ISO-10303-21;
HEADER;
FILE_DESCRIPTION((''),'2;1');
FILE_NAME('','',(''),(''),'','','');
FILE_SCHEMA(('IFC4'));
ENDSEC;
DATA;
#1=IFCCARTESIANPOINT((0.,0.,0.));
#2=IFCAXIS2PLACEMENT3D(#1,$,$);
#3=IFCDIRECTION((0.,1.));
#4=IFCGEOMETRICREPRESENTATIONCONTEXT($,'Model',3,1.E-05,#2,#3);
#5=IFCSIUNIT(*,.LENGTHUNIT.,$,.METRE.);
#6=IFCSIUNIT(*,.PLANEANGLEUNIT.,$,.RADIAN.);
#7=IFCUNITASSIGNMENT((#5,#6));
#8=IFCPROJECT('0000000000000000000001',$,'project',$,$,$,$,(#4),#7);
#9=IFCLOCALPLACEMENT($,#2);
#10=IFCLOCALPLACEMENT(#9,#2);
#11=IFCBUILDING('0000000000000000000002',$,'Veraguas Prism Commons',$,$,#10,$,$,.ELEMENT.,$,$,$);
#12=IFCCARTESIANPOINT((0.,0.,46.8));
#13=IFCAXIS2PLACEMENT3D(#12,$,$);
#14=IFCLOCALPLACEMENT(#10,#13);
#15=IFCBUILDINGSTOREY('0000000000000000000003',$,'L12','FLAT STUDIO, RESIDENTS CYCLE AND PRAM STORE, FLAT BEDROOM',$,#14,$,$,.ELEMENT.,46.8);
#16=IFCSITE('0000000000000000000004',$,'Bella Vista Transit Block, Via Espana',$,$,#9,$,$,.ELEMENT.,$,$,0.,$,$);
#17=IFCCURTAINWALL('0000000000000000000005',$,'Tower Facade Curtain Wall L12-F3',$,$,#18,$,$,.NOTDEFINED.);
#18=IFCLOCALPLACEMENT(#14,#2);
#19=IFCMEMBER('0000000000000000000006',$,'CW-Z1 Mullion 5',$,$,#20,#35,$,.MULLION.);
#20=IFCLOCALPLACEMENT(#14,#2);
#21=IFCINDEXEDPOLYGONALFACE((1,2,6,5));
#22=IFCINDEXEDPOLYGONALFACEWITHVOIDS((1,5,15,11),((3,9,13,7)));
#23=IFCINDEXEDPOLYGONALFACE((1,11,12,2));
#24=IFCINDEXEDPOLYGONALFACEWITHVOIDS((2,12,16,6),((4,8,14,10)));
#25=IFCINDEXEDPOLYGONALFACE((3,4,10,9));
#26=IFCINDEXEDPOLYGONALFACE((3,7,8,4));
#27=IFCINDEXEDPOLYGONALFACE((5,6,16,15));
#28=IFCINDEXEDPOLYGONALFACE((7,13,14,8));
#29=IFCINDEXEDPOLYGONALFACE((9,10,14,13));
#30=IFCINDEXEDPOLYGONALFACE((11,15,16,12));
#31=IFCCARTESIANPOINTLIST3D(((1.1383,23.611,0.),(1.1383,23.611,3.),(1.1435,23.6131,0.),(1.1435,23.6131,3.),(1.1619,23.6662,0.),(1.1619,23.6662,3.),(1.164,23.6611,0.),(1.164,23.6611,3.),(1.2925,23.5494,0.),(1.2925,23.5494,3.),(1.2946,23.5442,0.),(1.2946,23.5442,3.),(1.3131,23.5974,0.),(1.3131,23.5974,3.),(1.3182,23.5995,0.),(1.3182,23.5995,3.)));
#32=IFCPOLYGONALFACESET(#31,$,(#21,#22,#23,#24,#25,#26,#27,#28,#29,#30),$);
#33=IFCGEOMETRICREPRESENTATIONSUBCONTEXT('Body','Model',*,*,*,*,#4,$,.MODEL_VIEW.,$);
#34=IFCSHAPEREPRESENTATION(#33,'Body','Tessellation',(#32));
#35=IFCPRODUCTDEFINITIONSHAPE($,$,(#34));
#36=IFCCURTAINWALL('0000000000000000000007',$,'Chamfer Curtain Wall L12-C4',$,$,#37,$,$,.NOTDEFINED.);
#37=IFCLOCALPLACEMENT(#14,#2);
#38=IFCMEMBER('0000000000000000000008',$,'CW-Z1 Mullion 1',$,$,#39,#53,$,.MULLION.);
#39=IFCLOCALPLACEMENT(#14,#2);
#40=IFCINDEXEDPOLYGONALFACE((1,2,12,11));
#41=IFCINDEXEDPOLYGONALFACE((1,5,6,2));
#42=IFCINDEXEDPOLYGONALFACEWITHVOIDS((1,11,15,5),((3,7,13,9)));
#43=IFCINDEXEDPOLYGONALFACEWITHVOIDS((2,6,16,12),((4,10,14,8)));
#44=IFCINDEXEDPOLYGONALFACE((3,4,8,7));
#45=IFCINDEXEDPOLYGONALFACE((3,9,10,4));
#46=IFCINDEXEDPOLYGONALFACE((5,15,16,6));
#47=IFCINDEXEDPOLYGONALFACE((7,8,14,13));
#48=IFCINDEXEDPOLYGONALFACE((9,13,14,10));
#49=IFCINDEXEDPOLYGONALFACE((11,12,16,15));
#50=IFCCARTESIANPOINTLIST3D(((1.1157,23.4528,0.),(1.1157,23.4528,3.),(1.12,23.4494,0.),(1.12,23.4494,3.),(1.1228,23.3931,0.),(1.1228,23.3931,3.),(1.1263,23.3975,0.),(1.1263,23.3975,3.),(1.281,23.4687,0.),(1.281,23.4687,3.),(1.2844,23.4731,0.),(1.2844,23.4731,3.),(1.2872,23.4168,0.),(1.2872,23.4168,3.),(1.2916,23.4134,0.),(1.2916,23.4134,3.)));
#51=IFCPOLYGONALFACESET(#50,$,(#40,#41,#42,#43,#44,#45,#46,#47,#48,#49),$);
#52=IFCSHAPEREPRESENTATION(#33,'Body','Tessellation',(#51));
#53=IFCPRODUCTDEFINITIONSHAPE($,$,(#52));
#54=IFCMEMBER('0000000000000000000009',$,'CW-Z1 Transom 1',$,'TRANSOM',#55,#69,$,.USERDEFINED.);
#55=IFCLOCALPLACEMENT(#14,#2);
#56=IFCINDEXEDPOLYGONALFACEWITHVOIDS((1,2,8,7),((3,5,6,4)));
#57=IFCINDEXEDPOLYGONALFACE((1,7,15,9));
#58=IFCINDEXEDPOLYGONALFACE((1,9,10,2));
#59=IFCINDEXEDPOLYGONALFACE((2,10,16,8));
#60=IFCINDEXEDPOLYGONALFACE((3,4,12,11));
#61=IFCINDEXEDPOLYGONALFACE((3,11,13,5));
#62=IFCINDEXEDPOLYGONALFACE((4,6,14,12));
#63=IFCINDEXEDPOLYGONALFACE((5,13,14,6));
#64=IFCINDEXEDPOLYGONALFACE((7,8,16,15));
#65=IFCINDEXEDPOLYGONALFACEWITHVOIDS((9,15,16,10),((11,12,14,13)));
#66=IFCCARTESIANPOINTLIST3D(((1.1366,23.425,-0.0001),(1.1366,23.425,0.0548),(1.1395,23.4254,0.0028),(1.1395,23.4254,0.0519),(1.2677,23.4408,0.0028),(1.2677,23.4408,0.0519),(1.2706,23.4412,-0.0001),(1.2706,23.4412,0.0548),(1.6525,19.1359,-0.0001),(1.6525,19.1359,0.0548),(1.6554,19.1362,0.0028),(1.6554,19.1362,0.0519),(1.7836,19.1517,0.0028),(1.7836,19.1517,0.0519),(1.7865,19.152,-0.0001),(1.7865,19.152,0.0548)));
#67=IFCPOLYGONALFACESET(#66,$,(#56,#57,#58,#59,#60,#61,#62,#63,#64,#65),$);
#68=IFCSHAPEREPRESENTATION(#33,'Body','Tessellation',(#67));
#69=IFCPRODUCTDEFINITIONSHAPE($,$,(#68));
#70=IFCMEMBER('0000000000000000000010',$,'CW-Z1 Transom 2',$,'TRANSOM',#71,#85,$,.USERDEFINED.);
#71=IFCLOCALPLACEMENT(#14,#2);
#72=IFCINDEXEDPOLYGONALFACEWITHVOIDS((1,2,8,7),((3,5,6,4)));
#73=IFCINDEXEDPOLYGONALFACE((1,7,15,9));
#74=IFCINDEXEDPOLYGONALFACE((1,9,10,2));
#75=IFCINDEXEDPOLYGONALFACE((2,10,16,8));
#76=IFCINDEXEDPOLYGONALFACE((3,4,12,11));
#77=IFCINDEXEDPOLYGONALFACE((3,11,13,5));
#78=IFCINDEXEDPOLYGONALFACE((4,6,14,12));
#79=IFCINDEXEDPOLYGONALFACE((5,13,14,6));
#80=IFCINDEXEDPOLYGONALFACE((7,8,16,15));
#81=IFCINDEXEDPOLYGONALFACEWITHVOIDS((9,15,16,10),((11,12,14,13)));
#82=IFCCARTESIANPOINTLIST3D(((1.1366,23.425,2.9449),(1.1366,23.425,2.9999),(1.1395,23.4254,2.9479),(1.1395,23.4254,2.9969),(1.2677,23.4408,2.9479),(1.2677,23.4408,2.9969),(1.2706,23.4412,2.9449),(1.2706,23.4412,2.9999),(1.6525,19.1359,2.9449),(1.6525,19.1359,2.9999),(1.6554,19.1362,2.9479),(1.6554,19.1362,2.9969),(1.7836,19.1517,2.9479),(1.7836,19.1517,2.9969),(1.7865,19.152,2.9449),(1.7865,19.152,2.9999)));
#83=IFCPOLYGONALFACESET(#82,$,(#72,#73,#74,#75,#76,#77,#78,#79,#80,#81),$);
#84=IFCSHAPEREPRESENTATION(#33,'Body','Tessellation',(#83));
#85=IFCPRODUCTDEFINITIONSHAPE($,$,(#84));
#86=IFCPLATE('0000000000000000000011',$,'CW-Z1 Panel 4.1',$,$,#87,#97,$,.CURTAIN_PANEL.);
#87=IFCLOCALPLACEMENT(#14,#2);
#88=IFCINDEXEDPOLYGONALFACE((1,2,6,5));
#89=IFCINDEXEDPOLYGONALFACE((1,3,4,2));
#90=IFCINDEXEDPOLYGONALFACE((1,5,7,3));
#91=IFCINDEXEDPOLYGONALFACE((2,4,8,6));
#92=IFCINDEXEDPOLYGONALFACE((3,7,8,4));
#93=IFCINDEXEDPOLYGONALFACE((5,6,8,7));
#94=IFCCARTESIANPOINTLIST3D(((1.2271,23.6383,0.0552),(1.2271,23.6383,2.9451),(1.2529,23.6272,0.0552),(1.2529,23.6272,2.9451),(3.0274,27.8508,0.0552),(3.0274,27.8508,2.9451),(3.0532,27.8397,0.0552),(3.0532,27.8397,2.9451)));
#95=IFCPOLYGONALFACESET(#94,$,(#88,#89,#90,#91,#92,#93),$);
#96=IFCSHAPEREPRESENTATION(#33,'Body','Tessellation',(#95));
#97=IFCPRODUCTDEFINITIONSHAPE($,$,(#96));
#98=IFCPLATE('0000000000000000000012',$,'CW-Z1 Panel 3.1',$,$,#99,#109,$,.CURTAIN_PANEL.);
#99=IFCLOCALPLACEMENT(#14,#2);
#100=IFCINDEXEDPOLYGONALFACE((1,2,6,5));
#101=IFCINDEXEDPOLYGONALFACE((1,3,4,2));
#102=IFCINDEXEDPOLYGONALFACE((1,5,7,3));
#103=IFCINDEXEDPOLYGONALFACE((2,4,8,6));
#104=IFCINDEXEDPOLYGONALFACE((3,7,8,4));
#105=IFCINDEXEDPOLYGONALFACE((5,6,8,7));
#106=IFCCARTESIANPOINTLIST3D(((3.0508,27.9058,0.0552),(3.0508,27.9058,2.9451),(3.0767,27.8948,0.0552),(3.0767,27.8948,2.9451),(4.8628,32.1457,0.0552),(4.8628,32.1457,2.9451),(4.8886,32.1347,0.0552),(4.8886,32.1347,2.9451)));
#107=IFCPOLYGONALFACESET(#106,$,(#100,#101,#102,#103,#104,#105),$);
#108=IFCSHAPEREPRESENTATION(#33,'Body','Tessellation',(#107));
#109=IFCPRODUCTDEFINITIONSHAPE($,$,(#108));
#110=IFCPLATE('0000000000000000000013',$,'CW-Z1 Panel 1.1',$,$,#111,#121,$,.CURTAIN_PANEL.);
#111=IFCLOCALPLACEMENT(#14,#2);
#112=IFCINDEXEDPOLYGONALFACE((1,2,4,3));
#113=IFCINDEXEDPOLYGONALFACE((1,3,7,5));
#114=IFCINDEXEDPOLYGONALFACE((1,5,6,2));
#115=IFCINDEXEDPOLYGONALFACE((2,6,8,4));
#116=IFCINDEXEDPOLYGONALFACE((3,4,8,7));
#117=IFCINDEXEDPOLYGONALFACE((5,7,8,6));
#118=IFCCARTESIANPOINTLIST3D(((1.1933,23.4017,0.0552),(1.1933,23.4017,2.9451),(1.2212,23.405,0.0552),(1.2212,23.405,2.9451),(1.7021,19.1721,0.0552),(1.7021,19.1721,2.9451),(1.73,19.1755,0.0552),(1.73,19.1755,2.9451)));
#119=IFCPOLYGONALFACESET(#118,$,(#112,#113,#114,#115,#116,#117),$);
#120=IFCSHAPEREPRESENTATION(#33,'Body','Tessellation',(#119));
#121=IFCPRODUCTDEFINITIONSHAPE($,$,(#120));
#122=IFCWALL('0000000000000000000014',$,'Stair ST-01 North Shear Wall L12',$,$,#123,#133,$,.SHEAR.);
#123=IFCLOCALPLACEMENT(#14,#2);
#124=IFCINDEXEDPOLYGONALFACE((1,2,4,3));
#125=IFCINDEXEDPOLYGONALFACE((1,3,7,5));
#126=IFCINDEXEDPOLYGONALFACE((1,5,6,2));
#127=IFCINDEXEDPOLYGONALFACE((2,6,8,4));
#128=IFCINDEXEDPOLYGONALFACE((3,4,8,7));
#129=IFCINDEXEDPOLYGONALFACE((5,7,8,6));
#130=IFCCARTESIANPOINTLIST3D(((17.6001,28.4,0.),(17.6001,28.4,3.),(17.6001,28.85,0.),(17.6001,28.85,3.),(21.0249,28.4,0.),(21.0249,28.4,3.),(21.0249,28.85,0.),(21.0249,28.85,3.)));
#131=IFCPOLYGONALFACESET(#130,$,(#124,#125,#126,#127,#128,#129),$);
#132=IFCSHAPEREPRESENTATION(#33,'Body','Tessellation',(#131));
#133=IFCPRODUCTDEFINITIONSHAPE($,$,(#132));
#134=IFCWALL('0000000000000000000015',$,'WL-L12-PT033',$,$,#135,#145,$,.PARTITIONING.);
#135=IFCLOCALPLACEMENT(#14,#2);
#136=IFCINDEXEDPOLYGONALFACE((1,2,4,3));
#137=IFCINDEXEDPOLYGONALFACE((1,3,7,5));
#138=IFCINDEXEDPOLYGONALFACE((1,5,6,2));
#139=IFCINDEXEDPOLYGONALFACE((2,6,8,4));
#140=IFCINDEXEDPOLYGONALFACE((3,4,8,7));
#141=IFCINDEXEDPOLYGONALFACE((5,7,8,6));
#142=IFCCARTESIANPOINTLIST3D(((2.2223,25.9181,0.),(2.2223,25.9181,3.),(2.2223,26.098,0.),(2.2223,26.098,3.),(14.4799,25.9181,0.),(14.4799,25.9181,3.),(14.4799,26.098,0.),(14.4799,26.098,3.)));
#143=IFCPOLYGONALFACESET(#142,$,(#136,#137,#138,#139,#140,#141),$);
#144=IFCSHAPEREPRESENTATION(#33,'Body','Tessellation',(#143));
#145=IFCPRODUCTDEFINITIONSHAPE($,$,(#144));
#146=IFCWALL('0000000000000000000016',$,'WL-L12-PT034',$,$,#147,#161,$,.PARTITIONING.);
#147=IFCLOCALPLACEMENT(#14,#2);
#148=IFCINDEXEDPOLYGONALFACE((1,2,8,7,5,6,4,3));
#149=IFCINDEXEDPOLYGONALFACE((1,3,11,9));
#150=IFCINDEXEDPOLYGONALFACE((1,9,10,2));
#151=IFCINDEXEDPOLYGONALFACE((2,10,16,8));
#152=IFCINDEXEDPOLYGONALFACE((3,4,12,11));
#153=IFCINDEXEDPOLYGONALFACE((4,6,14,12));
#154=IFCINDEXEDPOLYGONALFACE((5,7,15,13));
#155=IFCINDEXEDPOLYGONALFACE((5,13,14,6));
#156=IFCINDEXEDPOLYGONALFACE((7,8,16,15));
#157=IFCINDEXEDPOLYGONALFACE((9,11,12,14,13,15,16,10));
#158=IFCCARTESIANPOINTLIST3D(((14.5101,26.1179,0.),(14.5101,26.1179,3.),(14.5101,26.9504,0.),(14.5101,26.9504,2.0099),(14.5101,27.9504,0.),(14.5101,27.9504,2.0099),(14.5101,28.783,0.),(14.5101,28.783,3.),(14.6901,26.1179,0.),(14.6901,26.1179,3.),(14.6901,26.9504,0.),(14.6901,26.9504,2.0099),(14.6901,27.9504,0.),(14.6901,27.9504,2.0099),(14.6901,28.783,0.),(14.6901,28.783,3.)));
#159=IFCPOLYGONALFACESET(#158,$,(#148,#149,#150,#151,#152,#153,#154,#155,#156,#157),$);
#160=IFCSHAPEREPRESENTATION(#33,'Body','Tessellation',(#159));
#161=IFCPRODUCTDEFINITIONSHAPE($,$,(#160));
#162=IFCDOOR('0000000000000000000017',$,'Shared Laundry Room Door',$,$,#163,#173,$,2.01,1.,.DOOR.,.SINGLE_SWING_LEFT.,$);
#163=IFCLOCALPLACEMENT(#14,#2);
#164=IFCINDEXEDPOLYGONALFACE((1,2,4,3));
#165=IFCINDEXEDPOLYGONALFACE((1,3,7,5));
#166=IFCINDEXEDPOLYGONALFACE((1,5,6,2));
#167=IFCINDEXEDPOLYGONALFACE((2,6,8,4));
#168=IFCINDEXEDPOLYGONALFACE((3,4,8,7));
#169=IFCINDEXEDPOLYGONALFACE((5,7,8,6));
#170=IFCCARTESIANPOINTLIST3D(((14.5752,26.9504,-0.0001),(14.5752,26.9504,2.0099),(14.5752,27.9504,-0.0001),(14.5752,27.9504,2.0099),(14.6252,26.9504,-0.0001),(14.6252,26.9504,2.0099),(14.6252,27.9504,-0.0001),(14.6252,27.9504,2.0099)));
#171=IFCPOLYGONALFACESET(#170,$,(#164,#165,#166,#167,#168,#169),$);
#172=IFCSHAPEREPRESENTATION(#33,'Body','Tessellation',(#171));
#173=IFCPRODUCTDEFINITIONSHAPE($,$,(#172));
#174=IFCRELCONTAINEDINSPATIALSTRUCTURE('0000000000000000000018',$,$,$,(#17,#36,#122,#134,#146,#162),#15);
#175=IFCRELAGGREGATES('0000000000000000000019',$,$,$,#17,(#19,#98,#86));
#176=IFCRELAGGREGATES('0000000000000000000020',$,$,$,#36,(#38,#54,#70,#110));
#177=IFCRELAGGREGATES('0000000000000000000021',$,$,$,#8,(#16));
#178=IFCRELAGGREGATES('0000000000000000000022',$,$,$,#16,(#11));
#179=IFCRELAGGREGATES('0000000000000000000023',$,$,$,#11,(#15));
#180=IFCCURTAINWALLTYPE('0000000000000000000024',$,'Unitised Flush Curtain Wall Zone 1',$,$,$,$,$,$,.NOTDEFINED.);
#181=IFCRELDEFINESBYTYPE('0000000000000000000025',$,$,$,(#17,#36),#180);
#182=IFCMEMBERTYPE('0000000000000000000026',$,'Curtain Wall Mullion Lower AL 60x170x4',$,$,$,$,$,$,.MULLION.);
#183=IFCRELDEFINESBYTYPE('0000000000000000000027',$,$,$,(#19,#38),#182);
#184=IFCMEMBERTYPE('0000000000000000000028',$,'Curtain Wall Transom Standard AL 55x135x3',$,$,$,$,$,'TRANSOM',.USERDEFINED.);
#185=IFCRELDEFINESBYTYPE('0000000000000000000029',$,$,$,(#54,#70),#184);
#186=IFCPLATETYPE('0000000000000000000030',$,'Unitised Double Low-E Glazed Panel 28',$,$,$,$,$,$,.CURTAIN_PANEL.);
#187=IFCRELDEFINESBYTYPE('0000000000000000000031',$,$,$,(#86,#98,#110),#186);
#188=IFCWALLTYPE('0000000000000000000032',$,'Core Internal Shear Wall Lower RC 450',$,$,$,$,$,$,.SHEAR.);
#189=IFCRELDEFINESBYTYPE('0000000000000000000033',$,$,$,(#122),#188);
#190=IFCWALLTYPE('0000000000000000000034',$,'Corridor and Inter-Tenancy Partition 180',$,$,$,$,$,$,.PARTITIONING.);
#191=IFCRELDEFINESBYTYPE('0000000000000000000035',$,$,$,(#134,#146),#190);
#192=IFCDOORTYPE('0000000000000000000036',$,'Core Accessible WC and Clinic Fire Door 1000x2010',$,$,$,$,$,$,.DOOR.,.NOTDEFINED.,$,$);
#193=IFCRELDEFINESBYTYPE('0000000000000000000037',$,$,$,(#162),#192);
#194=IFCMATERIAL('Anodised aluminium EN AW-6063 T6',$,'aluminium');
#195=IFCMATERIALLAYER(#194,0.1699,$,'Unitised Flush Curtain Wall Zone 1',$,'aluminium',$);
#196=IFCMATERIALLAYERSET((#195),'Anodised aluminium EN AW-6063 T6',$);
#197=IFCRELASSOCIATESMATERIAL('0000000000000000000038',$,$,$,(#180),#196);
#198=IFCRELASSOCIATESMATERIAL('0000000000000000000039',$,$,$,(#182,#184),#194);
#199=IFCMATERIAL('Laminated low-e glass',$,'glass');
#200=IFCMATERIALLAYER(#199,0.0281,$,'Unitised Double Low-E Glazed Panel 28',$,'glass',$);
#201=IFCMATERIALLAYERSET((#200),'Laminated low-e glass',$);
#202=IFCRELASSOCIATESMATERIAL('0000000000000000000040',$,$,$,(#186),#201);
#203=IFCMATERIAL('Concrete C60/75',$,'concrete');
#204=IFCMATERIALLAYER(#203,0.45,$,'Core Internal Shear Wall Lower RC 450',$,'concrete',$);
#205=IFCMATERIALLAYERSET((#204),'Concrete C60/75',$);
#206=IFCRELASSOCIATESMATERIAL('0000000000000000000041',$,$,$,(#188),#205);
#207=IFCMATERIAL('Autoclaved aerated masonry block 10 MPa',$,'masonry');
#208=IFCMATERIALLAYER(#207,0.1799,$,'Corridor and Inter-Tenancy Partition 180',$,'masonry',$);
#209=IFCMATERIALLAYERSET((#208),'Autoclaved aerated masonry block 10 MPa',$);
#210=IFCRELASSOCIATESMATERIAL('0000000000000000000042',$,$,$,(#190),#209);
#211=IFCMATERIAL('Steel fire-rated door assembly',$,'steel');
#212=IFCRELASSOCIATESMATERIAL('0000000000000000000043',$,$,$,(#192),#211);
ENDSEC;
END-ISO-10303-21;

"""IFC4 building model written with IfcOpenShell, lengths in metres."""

from ifc_helpers import new_model, si_unit, direction, frame, frame_2d, origin, origin_2d, place, context, subcontext, project, spatial, rectangle, hollow_rectangle, extrude, source, transform, mapped, material, layer, layer_set, material_profile, profile_set, type_object, element, fill, aggregate, save


model = new_model("IFC4")

# Units and contexts
model_context = context("Model", 3, precision=1e-05, world=origin(), true_north=direction((0.0, 1.0)))
body_context = subcontext(model_context, "Body", "Model", "MODEL_VIEW")
ifc_project = project(units=[si_unit("LENGTHUNIT", "METRE"), si_unit("PLANEANGLEUNIT", "RADIAN")], contexts=[model_context])

# Site, building, storey
site_placement = place(None, origin())
site = spatial("IfcSite", under=ifc_project, at=site_placement, Name="Bella Vista Transit Block, Via Espana", CompositionType="ELEMENT", RefElevation=0.0)
building_placement = place(site_placement, origin())
building = spatial("IfcBuilding", under=site, at=building_placement, Name="Veraguas Prism Commons", CompositionType="ELEMENT")
storey_placement = place(building_placement, frame((0.0, 0.0, 46.8)))
storey = spatial("IfcBuildingStorey", under=building, at=storey_placement, Name="L12", Description="FLAT STUDIO, RESIDENTS CYCLE AND PRAM STORE, FLAT BEDROOM", CompositionType="ELEMENT", Elevation=46.8)

# Shared definitions
ifc_material_1 = material(Name="Concrete C60/75", Category="concrete")

# Curtain walls, members
ifc_material_2 = material(Name="Anodised aluminium EN AW-6063 T6", Category="aluminium")
ifc_layer_1 = layer(ifc_material_2, 0.1699, Name="Unitised Flush Curtain Wall Zone 1", Category="aluminium")
ifc_layer_set_1 = layer_set([ifc_layer_1], Name="Anodised aluminium EN AW-6063 T6")
curtain_wall_type = type_object("IfcCurtainWallType", Name="Unitised Flush Curtain Wall Zone 1", PredefinedType="NOTDEFINED", material=ifc_layer_set_1)
curtain_wall_1_placement = place(storey_placement, origin())
curtain_wall_1 = element("IfcCurtainWall", 1, at=curtain_wall_1_placement, inside=storey, type_object=curtain_wall_type, Name="Tower Facade Curtain Wall L12-F3", PredefinedType="NOTDEFINED")
ifc_material_profile_1 = material_profile(ifc_material_2, hollow_rectangle(XDim=0.0601, YDim=0.1699, WallThickness=0.0039, at=origin_2d()), Name="AL60X170X4")
ifc_profile_set_1 = profile_set([ifc_material_profile_1], Name="Anodised aluminium EN AW-6063 T6")
member_type_1 = type_object("IfcMemberType", Name="Curtain Wall Mullion Lower AL 60x170x4", PredefinedType="MULLION", material=ifc_profile_set_1)
shared_shape_1 = source(origin(), body_context, "Body", "SweptSolid", [
    extrude(hollow_rectangle(XDim=0.0601, YDim=0.1699, WallThickness=0.0039, at=origin_2d()), origin(), (0.0, 0.0, 1.0), 3.0),
])
member_1_placement = place(storey_placement, frame((1.2283, 23.6052, 0.0), z_axis=(0.0, 0.0, 1.0), x_axis=(-0.392978, -0.919548, 0.0)))
member_1 = element("IfcMember", 2, at=member_1_placement, type_object=member_type_1, Name="CW-Z1 Mullion 5", PredefinedType="MULLION", context=body_context, shape_type="MappedRepresentation", body=[
    mapped(shared_shape_1, transform((0.0, 0.0, 0.0), scale=1.0)),
])
curtain_wall_2_placement = place(storey_placement, origin())
curtain_wall_2 = element("IfcCurtainWall", 3, at=curtain_wall_2_placement, inside=storey, type_object=curtain_wall_type, Name="Chamfer Curtain Wall L12-C4", PredefinedType="NOTDEFINED")
member_2_placement = place(storey_placement, frame((1.2036, 23.4331, 0.0), z_axis=(0.0, 0.0, 1.0), x_axis=(0.11943, -0.992843, 0.0)))
member_2 = element("IfcMember", 4, at=member_2_placement, type_object=member_type_1, Name="CW-Z1 Mullion 1", PredefinedType="MULLION", context=body_context, shape_type="MappedRepresentation", body=[
    mapped(shared_shape_1, transform((0.0, 0.0, 0.0), scale=1.0)),
])
ifc_material_profile_2 = material_profile(ifc_material_2, hollow_rectangle(XDim=0.0549, YDim=0.135, WallThickness=0.0029, at=origin_2d()), Name="AL55X135X3")
ifc_profile_set_2 = profile_set([ifc_material_profile_2], Name="Anodised aluminium EN AW-6063 T6")
member_type_2 = type_object("IfcMemberType", Name="Curtain Wall Transom Standard AL 55x135x3", ElementType="TRANSOM", PredefinedType="USERDEFINED", material=ifc_profile_set_2)
shared_shape_2 = source(origin(), body_context, "Body", "SweptSolid", [
    extrude(hollow_rectangle(XDim=0.0549, YDim=0.135, WallThickness=0.0029, at=origin_2d()), origin(), (0.0, 0.0, 1.0), 4.3201),
])
member_3_placement = place(storey_placement, frame((1.2036, 23.4331, 0.0273), z_axis=(0.119415, -0.992844, 0.0), x_axis=(0.0, 0.0, 1.0)))
member_3 = element("IfcMember", 5, at=member_3_placement, type_object=member_type_2, Name="CW-Z1 Transom 1", ObjectType="TRANSOM", PredefinedType="USERDEFINED", context=body_context, shape_type="MappedRepresentation", body=[
    mapped(shared_shape_2, transform((0.0, 0.0, 0.0), scale=1.0)),
])
member_4_placement = place(storey_placement, frame((1.2036, 23.4331, 2.9724), z_axis=(0.119415, -0.992844, 0.0), x_axis=(0.0, 0.0, 1.0)))
member_4 = element("IfcMember", 6, at=member_4_placement, type_object=member_type_2, Name="CW-Z1 Transom 2", ObjectType="TRANSOM", PredefinedType="USERDEFINED", context=body_context, shape_type="MappedRepresentation", body=[
    mapped(shared_shape_2, transform((0.0, 0.0, 0.0), scale=1.0)),
])

# Plates
ifc_material_3 = material(Name="Laminated low-e glass", Category="glass")
ifc_layer_2 = layer(ifc_material_3, 0.0281, Name="Unitised Double Low-E Glazed Panel 28", Category="glass")
ifc_layer_set_2 = layer_set([ifc_layer_2], Name="Laminated low-e glass")
plate_type = type_object("IfcPlateType", Name="Unitised Double Low-E Glazed Panel 28", PredefinedType="CURTAIN_PANEL", material=ifc_layer_set_2)
shared_shape_3 = source(origin(), body_context, "Body", "SweptSolid", [
    extrude(rectangle(XDim=4.5811, YDim=0.0281, at=origin_2d()), origin(), (0.0, 0.0, 1.0), 2.8899),
])
plate_1_placement = place(storey_placement, frame((2.1401, 25.739, 0.0552), z_axis=(0.0, 0.0, 1.0), x_axis=(-0.392978, -0.919548, 0.0)))
plate_1 = element("IfcPlate", 7, at=plate_1_placement, type_object=plate_type, Name="CW-Z1 Panel 4.1", PredefinedType="CURTAIN_PANEL", context=body_context, shape_type="MappedRepresentation", body=[
    mapped(shared_shape_3, transform((0.0, 0.0, 0.0), scale=1.0)),
])
shared_shape_4 = source(origin(), body_context, "Body", "SweptSolid", [
    extrude(rectangle(XDim=4.6108, YDim=0.0281, at=origin_2d()), origin(), (0.0, 0.0, 1.0), 2.8899),
])
plate_2_placement = place(storey_placement, frame((3.9697, 30.0203, 0.0552), z_axis=(0.0, 0.0, 1.0), x_axis=(-0.392978, -0.919548, 0.0)))
plate_2 = element("IfcPlate", 8, at=plate_2_placement, type_object=plate_type, Name="CW-Z1 Panel 3.1", PredefinedType="CURTAIN_PANEL", context=body_context, shape_type="MappedRepresentation", body=[
    mapped(shared_shape_4, transform((0.0, 0.0, 0.0), scale=1.0)),
])
aggregate(curtain_wall_1, [member_1, plate_2, plate_1])
shared_shape_5 = source(origin(), body_context, "Body", "SweptSolid", [
    extrude(rectangle(XDim=4.26, YDim=0.0281, at=origin_2d()), origin(), (0.0, 0.0, 1.0), 2.8899),
])
plate_3_placement = place(storey_placement, frame((1.4617, 21.2886, 0.0552), z_axis=(0.0, 0.0, 1.0), x_axis=(0.11943, -0.992843, 0.0)))
plate_3 = element("IfcPlate", 9, at=plate_3_placement, type_object=plate_type, Name="CW-Z1 Panel 1.1", PredefinedType="CURTAIN_PANEL", context=body_context, shape_type="MappedRepresentation", body=[
    mapped(shared_shape_5, transform((0.0, 0.0, 0.0), scale=1.0)),
])
aggregate(curtain_wall_2, [member_2, member_3, member_4, plate_3])

# Walls
ifc_layer_3 = layer(ifc_material_1, 0.45, Name="Core Internal Shear Wall Lower RC 450", Category="concrete")
ifc_layer_set_3 = layer_set([ifc_layer_3], Name="Concrete C60/75")
wall_type_1 = type_object("IfcWallType", Name="Core Internal Shear Wall Lower RC 450", PredefinedType="SHEAR", material=ifc_layer_set_3)
wall_1_placement = place(storey_placement, frame((17.6001, 28.625, 0.0), z_axis=(0.0, 0.0, 1.0), x_axis=(1.0, 0.0, 0.0)))
element("IfcWall", 10, at=wall_1_placement, inside=storey, type_object=wall_type_1, Name="Stair ST-01 North Shear Wall L12", PredefinedType="SHEAR", context=body_context, shape_type="SweptSolid", body=[
    extrude(rectangle(XDim=3.4248, YDim=0.45, at=frame_2d((1.7124, 0.0))), origin(), (0.0, 0.0, 1.0), 3.0),
])
ifc_material_4 = material(Name="Autoclaved aerated masonry block 10 MPa", Category="masonry")
ifc_layer_4 = layer(ifc_material_4, 0.1799, Name="Corridor and Inter-Tenancy Partition 180", Category="masonry")
ifc_layer_set_4 = layer_set([ifc_layer_4], Name="Autoclaved aerated masonry block 10 MPa")
wall_type_2 = type_object("IfcWallType", Name="Corridor and Inter-Tenancy Partition 180", PredefinedType="PARTITIONING", material=ifc_layer_set_4)
wall_2_placement = place(storey_placement, frame((14.48, 26.0081, 0.0), z_axis=(0.0, 0.0, 1.0), x_axis=(-1.0, 0.0, 0.0)))
element("IfcWall", 11, at=wall_2_placement, inside=storey, type_object=wall_type_2, Name="WL-L12-PT033", PredefinedType="PARTITIONING", context=body_context, shape_type="SweptSolid", body=[
    extrude(rectangle(XDim=12.2576, YDim=0.1799, at=frame_2d((6.1289, 0.0))), origin(), (0.0, 0.0, 1.0), 3.0),
])

# Wall, opening, door
wall_3_placement = place(storey_placement, frame((14.6001, 26.1179, 0.0), z_axis=(0.0, 0.0, 1.0), x_axis=(0.0, 1.0, 0.0)))
wall_3 = element("IfcWall", 12, at=wall_3_placement, inside=storey, type_object=wall_type_2, Name="WL-L12-PT034", PredefinedType="PARTITIONING", context=body_context, shape_type="SweptSolid", body=[
    extrude(rectangle(XDim=2.665, YDim=0.1799, at=frame_2d((1.3325, 0.0))), origin(), (0.0, 0.0, 1.0), 3.0),
])
opening_1_placement = place(wall_3_placement, frame((0.8325, 0.0, 0.0)))
opening_1 = element("IfcOpeningElement", 13, at=opening_1_placement, cuts=wall_3, PredefinedType="OPENING", context=body_context, shape_type="SweptSolid", body=[
    extrude(rectangle(XDim=1.0, YDim=2.01, at=frame_2d((0.5, 1.0049))), frame((0.0, 0.0999, 0.0), z_axis=(0.0, -1.0, 0.0), x_axis=(1.0, 0.0, 0.0)), (0.0, 0.0, 1.0), 0.2),
])
ifc_material_5 = material(Name="Steel fire-rated door assembly", Category="steel")
door_type = type_object("IfcDoorType", Name="Core Accessible WC and Clinic Fire Door 1000x2010", OperationType="NOTDEFINED", PredefinedType="DOOR", material=ifc_material_5)
shared_shape_6 = source(origin(), body_context, "Body", "SweptSolid", [
    extrude(rectangle(XDim=1.0, YDim=2.01, at=frame_2d((0.5, 1.0049))), frame((0.0, 0.0249, 0.0), z_axis=(0.0, -1.0, 0.0), x_axis=(1.0, 0.0, 0.0)), (0.0, 0.0, 1.0), 0.05),
])
door_1_placement = place(opening_1_placement, origin())
door_1 = element("IfcDoor", 14, at=door_1_placement, inside=storey, type_object=door_type, Name="Shared Laundry Room Door", OperationType="SINGLE_SWING_LEFT", OverallHeight=2.01, OverallWidth=1.0, PredefinedType="DOOR", context=body_context, shape_type="MappedRepresentation", body=[
    mapped(shared_shape_6, transform((0.0, 0.0, 0.0), scale=1.0)),
])
fill(opening_1, door_1)

save(model, "model.ifc")
